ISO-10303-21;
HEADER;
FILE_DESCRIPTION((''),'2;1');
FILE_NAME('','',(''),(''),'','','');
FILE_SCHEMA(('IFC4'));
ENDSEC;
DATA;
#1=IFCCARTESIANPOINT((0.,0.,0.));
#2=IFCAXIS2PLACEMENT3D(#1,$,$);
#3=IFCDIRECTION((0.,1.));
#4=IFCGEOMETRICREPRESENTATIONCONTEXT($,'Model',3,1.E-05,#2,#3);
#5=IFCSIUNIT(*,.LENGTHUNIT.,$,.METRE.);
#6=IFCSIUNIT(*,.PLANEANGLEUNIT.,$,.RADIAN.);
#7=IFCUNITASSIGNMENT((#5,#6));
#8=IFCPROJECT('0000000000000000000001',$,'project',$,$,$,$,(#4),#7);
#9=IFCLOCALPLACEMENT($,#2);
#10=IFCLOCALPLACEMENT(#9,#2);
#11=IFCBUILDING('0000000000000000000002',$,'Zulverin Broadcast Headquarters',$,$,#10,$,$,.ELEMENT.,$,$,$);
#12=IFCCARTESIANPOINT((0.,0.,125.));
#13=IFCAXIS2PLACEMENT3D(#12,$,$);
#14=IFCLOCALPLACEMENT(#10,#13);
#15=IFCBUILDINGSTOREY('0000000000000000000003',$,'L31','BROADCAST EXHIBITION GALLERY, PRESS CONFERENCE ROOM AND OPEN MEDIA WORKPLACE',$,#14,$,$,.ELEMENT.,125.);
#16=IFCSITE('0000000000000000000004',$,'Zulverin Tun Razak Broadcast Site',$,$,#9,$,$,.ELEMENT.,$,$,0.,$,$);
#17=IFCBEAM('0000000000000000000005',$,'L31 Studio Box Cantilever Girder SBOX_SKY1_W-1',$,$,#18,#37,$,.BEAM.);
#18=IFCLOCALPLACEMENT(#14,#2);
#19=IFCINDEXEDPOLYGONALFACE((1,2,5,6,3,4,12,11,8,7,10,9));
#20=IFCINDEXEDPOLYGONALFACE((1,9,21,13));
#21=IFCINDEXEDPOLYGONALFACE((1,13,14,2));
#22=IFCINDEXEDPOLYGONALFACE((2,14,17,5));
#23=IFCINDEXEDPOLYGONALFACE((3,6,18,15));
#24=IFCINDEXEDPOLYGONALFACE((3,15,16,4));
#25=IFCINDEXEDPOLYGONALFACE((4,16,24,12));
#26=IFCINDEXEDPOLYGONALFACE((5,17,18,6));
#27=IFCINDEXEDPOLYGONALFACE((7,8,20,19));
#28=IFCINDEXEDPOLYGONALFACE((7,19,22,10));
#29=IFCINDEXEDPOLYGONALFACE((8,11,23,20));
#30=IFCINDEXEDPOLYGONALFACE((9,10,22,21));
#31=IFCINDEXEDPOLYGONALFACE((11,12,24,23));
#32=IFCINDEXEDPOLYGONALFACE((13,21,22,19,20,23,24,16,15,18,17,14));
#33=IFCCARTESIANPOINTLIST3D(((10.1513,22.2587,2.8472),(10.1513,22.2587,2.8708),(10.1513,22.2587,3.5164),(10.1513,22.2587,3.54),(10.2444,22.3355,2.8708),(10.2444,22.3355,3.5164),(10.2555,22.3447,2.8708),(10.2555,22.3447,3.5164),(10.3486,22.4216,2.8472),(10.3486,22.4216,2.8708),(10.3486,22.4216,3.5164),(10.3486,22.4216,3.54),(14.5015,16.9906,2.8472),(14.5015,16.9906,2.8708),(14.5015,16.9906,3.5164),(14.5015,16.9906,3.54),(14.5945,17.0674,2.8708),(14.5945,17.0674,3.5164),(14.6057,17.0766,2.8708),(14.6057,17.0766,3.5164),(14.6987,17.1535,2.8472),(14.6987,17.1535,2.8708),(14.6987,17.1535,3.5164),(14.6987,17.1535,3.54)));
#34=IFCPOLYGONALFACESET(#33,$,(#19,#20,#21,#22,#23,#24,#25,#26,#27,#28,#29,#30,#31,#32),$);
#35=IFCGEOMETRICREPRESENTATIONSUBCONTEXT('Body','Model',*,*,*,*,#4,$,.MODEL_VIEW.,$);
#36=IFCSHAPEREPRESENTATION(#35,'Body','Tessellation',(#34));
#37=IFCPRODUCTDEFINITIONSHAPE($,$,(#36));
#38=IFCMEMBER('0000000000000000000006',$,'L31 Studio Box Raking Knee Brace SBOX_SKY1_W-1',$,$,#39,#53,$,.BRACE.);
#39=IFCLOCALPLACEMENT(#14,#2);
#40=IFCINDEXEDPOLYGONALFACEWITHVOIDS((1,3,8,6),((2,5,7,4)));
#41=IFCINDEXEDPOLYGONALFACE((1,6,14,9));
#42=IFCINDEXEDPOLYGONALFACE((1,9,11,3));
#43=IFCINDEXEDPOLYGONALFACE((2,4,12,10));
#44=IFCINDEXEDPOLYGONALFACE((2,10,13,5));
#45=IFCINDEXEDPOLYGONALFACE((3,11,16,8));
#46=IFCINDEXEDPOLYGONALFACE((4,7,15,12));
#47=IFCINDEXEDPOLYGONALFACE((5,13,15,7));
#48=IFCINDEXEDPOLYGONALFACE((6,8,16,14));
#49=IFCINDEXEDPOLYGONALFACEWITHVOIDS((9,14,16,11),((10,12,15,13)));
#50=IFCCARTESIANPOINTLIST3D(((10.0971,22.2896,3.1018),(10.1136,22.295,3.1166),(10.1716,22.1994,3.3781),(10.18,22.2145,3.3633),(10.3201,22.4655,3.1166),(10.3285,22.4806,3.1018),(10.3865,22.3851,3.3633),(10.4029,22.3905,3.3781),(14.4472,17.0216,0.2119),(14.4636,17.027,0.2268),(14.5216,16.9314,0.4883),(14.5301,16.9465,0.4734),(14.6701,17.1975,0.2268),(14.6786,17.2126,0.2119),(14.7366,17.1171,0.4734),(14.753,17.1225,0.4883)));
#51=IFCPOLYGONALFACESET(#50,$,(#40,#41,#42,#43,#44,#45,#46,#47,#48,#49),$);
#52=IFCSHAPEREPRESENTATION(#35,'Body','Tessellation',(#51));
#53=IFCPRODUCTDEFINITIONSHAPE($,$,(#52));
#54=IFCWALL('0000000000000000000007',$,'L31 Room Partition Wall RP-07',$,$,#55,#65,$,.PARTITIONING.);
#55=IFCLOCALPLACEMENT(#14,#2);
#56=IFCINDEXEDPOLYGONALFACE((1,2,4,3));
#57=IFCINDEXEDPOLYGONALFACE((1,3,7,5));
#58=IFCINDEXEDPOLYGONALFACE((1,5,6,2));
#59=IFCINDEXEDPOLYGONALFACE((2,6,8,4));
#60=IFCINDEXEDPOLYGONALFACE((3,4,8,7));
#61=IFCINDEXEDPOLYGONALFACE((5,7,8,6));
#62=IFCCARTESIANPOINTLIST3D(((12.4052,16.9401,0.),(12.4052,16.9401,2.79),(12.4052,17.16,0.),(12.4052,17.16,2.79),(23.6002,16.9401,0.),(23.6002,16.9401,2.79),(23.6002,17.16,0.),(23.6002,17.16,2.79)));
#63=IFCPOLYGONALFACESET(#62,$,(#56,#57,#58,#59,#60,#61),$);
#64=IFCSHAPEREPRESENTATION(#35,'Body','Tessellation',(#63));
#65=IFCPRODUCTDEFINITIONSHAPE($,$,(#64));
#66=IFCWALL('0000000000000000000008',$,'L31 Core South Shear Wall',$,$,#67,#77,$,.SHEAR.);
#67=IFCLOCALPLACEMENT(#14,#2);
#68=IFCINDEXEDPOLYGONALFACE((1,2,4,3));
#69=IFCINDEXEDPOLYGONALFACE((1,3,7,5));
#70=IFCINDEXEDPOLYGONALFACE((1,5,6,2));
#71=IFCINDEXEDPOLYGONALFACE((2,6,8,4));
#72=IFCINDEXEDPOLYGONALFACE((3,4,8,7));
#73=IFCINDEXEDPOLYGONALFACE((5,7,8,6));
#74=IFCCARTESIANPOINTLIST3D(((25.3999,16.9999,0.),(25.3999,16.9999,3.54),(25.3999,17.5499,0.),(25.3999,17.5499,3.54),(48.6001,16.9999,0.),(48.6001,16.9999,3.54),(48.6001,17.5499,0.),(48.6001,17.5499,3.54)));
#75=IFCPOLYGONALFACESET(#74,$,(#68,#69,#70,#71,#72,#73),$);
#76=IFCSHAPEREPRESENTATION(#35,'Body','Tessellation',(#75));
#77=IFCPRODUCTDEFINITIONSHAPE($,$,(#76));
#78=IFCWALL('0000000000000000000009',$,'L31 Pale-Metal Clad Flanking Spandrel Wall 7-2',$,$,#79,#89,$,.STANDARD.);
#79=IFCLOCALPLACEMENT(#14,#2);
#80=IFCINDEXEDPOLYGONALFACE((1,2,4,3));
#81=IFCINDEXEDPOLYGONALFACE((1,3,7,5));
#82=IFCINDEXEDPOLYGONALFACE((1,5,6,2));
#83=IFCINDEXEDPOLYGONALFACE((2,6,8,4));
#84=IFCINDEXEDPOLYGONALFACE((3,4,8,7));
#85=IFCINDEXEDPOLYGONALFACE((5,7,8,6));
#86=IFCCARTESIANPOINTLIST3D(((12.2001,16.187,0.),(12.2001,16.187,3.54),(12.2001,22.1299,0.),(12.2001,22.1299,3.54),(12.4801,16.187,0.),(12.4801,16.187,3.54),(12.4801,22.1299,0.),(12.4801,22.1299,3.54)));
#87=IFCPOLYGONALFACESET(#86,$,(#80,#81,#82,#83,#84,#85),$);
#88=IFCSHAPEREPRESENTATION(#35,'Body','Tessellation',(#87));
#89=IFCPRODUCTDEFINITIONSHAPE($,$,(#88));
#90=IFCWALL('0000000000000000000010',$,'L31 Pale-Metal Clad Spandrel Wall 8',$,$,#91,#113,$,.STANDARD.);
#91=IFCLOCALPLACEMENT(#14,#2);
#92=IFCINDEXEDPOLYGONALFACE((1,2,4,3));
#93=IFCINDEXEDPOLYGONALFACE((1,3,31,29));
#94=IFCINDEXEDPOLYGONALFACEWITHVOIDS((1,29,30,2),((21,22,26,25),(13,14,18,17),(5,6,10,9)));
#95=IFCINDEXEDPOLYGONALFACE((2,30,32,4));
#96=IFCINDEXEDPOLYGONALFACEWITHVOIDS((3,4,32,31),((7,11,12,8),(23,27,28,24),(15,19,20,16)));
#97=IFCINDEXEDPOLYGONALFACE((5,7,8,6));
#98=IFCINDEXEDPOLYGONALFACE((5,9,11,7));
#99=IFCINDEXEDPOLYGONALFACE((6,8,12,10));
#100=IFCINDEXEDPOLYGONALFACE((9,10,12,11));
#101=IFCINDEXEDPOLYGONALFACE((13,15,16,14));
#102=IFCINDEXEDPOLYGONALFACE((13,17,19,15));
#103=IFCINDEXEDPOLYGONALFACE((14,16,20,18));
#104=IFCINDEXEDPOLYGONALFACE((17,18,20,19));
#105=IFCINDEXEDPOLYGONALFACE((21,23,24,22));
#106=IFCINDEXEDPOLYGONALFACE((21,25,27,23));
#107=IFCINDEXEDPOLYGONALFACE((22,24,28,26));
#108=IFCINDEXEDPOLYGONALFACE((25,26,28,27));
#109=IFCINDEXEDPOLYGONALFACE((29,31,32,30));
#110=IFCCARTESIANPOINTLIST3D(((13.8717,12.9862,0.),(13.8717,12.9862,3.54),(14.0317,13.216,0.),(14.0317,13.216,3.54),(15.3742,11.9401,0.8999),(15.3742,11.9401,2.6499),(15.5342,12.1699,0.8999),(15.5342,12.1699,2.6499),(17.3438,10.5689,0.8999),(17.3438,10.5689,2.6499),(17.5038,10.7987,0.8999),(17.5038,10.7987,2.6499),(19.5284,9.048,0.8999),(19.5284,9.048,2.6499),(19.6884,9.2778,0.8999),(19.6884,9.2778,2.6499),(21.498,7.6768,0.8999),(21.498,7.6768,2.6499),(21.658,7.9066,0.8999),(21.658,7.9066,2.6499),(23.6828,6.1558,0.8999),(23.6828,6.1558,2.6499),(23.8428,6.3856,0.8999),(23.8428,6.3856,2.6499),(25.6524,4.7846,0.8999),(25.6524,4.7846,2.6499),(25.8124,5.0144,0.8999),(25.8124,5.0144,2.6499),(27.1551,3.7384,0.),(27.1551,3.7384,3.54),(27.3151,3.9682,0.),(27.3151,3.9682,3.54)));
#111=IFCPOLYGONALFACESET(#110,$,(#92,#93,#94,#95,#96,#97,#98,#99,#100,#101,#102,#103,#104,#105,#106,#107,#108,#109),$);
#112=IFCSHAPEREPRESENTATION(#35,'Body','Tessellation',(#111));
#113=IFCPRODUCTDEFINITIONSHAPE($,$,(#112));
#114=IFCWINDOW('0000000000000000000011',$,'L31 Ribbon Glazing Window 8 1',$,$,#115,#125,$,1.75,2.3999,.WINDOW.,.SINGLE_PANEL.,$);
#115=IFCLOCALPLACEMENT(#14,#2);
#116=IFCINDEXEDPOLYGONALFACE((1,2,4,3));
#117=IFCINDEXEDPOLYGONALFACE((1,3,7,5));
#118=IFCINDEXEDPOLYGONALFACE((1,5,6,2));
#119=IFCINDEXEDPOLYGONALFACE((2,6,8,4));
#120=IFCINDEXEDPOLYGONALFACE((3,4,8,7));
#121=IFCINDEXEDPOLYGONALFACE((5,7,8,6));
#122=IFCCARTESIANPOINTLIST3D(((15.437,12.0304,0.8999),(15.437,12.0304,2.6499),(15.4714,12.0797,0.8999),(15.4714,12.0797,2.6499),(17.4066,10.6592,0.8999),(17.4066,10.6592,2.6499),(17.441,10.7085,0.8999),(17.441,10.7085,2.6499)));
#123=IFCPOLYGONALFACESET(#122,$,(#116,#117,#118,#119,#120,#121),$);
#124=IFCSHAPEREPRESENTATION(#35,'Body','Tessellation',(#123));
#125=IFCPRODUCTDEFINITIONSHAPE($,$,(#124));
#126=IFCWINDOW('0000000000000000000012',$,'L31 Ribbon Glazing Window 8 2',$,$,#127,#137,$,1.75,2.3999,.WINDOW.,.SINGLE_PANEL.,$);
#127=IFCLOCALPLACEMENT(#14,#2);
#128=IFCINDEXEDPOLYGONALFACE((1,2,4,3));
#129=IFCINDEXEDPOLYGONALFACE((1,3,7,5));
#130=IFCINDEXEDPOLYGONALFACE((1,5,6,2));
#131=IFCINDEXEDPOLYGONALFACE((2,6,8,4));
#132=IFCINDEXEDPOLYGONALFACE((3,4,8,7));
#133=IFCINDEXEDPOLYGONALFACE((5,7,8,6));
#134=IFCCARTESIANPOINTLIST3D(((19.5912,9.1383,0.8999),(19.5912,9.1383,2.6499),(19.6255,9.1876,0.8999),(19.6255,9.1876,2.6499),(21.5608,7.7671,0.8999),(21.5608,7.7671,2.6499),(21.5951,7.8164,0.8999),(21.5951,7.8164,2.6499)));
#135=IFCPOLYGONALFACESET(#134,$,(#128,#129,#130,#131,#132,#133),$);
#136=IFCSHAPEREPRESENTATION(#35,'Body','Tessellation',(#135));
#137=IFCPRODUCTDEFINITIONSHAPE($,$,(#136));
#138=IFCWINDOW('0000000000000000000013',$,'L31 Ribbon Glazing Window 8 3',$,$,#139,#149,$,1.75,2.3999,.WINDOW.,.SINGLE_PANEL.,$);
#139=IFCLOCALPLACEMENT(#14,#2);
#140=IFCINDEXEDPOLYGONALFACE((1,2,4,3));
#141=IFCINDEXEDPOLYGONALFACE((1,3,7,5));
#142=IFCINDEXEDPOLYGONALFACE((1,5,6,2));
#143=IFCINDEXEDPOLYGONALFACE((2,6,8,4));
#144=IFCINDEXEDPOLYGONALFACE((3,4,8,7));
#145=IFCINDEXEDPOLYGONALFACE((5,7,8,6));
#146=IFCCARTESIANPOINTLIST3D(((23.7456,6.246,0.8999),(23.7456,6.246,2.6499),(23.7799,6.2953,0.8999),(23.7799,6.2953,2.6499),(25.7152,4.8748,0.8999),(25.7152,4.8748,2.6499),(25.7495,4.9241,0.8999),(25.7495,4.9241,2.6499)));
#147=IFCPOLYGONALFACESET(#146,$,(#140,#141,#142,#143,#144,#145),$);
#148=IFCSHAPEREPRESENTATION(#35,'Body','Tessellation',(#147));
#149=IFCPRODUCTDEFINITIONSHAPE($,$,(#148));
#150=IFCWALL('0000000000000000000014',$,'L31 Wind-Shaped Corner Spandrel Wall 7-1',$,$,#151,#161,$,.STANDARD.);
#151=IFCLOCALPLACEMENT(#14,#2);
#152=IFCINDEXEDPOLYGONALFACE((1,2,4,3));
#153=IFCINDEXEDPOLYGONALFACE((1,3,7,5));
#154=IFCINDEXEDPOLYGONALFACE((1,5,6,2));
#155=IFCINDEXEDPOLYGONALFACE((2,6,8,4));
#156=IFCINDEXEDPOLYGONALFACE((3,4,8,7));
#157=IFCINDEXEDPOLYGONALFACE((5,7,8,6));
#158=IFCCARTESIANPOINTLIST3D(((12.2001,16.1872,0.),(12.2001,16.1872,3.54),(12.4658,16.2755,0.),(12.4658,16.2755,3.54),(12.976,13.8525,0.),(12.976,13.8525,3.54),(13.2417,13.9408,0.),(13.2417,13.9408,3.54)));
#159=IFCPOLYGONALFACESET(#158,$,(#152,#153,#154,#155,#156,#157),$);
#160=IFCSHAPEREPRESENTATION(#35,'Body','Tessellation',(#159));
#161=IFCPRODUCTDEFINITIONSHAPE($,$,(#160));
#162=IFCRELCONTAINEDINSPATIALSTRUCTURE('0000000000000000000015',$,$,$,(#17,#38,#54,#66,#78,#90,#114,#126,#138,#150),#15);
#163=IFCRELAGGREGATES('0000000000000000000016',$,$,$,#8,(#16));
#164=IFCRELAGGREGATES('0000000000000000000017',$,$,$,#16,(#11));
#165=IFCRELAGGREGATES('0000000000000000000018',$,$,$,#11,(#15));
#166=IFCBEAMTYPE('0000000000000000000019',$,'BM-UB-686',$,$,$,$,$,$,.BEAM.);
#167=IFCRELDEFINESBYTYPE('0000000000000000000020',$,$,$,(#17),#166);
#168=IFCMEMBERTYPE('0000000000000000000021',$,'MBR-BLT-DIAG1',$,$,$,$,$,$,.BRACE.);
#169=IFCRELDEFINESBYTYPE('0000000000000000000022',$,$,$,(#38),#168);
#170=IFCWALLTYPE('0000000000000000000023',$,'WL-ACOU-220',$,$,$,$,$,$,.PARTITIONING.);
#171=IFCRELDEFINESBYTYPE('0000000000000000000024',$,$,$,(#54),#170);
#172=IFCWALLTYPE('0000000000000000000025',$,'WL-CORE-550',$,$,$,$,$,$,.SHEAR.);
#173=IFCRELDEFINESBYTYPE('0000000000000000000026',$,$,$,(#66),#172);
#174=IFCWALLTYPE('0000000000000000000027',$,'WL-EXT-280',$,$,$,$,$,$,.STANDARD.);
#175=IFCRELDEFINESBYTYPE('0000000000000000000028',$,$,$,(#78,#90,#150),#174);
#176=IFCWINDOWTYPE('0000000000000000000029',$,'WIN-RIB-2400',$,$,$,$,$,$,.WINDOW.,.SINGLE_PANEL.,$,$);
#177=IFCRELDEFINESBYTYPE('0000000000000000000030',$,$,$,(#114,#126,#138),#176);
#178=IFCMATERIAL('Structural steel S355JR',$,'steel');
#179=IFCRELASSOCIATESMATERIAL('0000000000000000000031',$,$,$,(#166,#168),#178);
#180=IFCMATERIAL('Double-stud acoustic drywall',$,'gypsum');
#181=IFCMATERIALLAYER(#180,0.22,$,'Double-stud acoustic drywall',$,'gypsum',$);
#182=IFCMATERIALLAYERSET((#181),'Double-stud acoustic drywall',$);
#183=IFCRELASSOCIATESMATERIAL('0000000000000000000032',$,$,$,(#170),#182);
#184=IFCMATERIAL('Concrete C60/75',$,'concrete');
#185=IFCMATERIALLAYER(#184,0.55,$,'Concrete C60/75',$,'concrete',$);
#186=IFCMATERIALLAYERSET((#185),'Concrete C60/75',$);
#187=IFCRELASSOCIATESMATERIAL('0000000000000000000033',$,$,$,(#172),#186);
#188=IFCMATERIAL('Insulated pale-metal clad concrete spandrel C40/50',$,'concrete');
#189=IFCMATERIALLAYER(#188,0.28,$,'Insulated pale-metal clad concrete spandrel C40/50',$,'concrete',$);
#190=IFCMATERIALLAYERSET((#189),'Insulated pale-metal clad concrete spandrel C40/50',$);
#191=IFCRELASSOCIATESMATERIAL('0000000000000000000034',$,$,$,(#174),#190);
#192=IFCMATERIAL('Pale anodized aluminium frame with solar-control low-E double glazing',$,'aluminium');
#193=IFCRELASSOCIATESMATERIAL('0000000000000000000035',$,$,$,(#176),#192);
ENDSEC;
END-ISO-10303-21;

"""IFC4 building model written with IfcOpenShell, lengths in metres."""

from ifc_helpers import new_model, si_unit, direction, frame, frame_2d, origin, origin_2d, place, context, subcontext, project, spatial, rectangle, hollow_rectangle, i_section, extrude, material, layer, layer_set, material_profile, profile_set, type_object, element, fill, save


model = new_model("IFC4")

# Units and contexts
model_context = context("Model", 3, precision=1e-05, world=origin(), true_north=direction((0.0, 1.0)))
body_context = subcontext(model_context, "Body", "Model", "MODEL_VIEW")
ifc_project = project(units=[si_unit("LENGTHUNIT", "METRE"), si_unit("PLANEANGLEUNIT", "RADIAN")], contexts=[model_context])

# Site, building, storey
site_placement = place(None, origin())
site = spatial("IfcSite", under=ifc_project, at=site_placement, Name="Zulverin Tun Razak Broadcast Site", CompositionType="ELEMENT", RefElevation=0.0)
building_placement = place(site_placement, origin())
building = spatial("IfcBuilding", under=site, at=building_placement, Name="Zulverin Broadcast Headquarters", CompositionType="ELEMENT")
storey_placement = place(building_placement, frame((0.0, 0.0, 125.0)))
storey = spatial("IfcBuildingStorey", under=building, at=storey_placement, Name="L31", Description="BROADCAST EXHIBITION GALLERY, PRESS CONFERENCE ROOM AND OPEN MEDIA WORKPLACE", CompositionType="ELEMENT", Elevation=125.0)

# Shared definitions
ifc_material_1 = material(Name="Concrete C60/75", Category="concrete")

# Beam
ifc_material_2 = material(Name="Structural steel S355JR", Category="steel")
ifc_material_profile_1 = material_profile(ifc_material_2, i_section(OverallWidth=0.2559, OverallDepth=0.6929, WebThickness=0.0144, FlangeThickness=0.0237, at=origin_2d()), Name="Structural steel S355JR", Category="steel")
ifc_profile_set_1 = profile_set([ifc_material_profile_1], Name="Structural steel S355JR")
beam_type_1 = type_object("IfcBeamType", Name="BM-UB-686", PredefinedType="BEAM", material=ifc_profile_set_1)
beam_1_placement = place(storey_placement, frame((14.6001, 17.072, 3.1936), z_axis=(-0.636726, 0.77109, 0.0), x_axis=(-0.77109, -0.636726, 0.0)))
element("IfcBeam", 1, at=beam_1_placement, inside=storey, type_object=beam_type_1, Name="L31 Studio Box Cantilever Girder SBOX_SKY1_W-1", PredefinedType="BEAM", context=body_context, shape_type="SweptSolid", body=[
    extrude(i_section(OverallWidth=0.2559, OverallDepth=0.6929, WebThickness=0.0144, FlangeThickness=0.0237, at=origin_2d()), origin(), (0.0, 0.0, 1.0), 6.832),
])

# Member
ifc_material_profile_2 = material_profile(ifc_material_2, hollow_rectangle(XDim=0.3, YDim=0.3, WallThickness=0.0161, at=origin_2d()), Name="Structural steel S355JR", Category="steel")
ifc_profile_set_2 = profile_set([ifc_material_profile_2], Name="Structural steel S355JR")
member_type = type_object("IfcMemberType", Name="MBR-BLT-DIAG1", PredefinedType="BRACE", material=ifc_profile_set_2)
member_placement = place(storey_placement, frame((14.6001, 17.072, 0.3501), z_axis=(-0.586421, 0.710169, 0.389576), x_axis=(-0.77109, -0.636726, 0.0)))
element("IfcMember", 2, at=member_placement, inside=storey, type_object=member_type, Name="L31 Studio Box Raking Knee Brace SBOX_SKY1_W-1", PredefinedType="BRACE", context=body_context, shape_type="SweptSolid", body=[
    extrude(hollow_rectangle(XDim=0.3, YDim=0.3, WallThickness=0.0161, at=origin_2d()), origin(), (0.0, 0.0, 1.0), 7.418),
])

# Walls
ifc_material_3 = material(Name="Double-stud acoustic drywall", Category="gypsum")
ifc_layer_1 = layer(ifc_material_3, 0.22, Name="Double-stud acoustic drywall", Category="gypsum")
ifc_layer_set_1 = layer_set([ifc_layer_1], Name="Double-stud acoustic drywall")
wall_type_1 = type_object("IfcWallType", Name="WL-ACOU-220", PredefinedType="PARTITIONING", material=ifc_layer_set_1)
wall_1_placement = place(storey_placement, frame((12.405, 17.05, 0.0), z_axis=(0.0, 0.0, 1.0), x_axis=(1.0, 0.0, 0.0)))
element("IfcWall", 3, at=wall_1_placement, inside=storey, type_object=wall_type_1, Name="L31 Room Partition Wall RP-07", PredefinedType="PARTITIONING", context=body_context, shape_type="SweptSolid", body=[
    extrude(rectangle(XDim=11.1951, YDim=0.22, at=frame_2d((5.5977, 0.0))), origin(), (0.0, 0.0, 1.0), 2.79),
])
ifc_layer_2 = layer(ifc_material_1, 0.55, Name="Concrete C60/75", Category="concrete")
ifc_layer_set_2 = layer_set([ifc_layer_2], Name="Concrete C60/75")
wall_type_2 = type_object("IfcWallType", Name="WL-CORE-550", PredefinedType="SHEAR", material=ifc_layer_set_2)
wall_2_placement = place(storey_placement, frame((25.3999, 17.2749, 0.0), z_axis=(0.0, 0.0, 1.0), x_axis=(1.0, 0.0, 0.0)))
element("IfcWall", 4, at=wall_2_placement, inside=storey, type_object=wall_type_2, Name="L31 Core South Shear Wall", PredefinedType="SHEAR", context=body_context, shape_type="SweptSolid", body=[
    extrude(rectangle(XDim=23.2002, YDim=0.55, at=frame_2d((11.6001, 0.0))), origin(), (0.0, 0.0, 1.0), 3.54),
])

# Wall
ifc_material_4 = material(Name="Insulated pale-metal clad concrete spandrel C40/50", Category="concrete")
ifc_layer_3 = layer(ifc_material_4, 0.28, Name="Insulated pale-metal clad concrete spandrel C40/50", Category="concrete")
ifc_layer_set_3 = layer_set([ifc_layer_3], Name="Insulated pale-metal clad concrete spandrel C40/50")
wall_type_3 = type_object("IfcWallType", Name="WL-EXT-280", PredefinedType="STANDARD", material=ifc_layer_set_3)
wall_3_placement = place(storey_placement, frame((12.3401, 22.1299, 0.0), z_axis=(0.0, 0.0, 1.0), x_axis=(0.0, -1.0, 0.0)))
element("IfcWall", 5, at=wall_3_placement, inside=storey, type_object=wall_type_3, Name="L31 Pale-Metal Clad Flanking Spandrel Wall 7-2", PredefinedType="STANDARD", context=body_context, shape_type="SweptSolid", body=[
    extrude(rectangle(XDim=5.9429, YDim=0.28, at=frame_2d((2.9714, 0.0))), origin(), (0.0, 0.0, 1.0), 3.54),
])

# Wall, openings, windows
wall_4_placement = place(storey_placement, frame((13.9517, 13.1011, 0.0), z_axis=(0.0, 0.0, 1.0), x_axis=(0.820698, -0.571362, 0.0)))
wall_4 = element("IfcWall", 6, at=wall_4_placement, inside=storey, type_object=wall_type_3, Name="L31 Pale-Metal Clad Spandrel Wall 8", PredefinedType="STANDARD", context=body_context, shape_type="SweptSolid", body=[
    extrude(rectangle(XDim=16.1855, YDim=0.28, at=frame_2d((8.0928, 0.0))), origin(), (0.0, 0.0, 1.0), 3.54),
])
opening_1_placement = place(wall_4_placement, frame((1.8308, 0.0, 0.8999)))
opening_1 = element("IfcOpeningElement", 7, at=opening_1_placement, cuts=wall_4, PredefinedType="OPENING", context=body_context, shape_type="SweptSolid", body=[
    extrude(rectangle(XDim=2.3999, YDim=1.75, at=frame_2d((1.2, 0.875))), frame((0.0, 0.1499, 0.0), z_axis=(0.0, -1.0, 0.0), x_axis=(1.0, 0.0, 0.0)), (0.0, 0.0, 1.0), 0.3),
])
opening_2_placement = place(wall_4_placement, frame((6.8926, 0.0, 0.8999)))
opening_2 = element("IfcOpeningElement", 8, at=opening_2_placement, cuts=wall_4, PredefinedType="OPENING", context=body_context, shape_type="SweptSolid", body=[
    extrude(rectangle(XDim=2.3999, YDim=1.75, at=frame_2d((1.2, 0.875))), frame((0.0, 0.1499, 0.0), z_axis=(0.0, -1.0, 0.0), x_axis=(1.0, 0.0, 0.0)), (0.0, 0.0, 1.0), 0.3),
])
opening_3_placement = place(wall_4_placement, frame((11.9546, 0.0, 0.8999)))
opening_3 = element("IfcOpeningElement", 9, at=opening_3_placement, cuts=wall_4, PredefinedType="OPENING", context=body_context, shape_type="SweptSolid", body=[
    extrude(rectangle(XDim=2.3999, YDim=1.75, at=frame_2d((1.2, 0.875))), frame((0.0, 0.1499, 0.0), z_axis=(0.0, -1.0, 0.0), x_axis=(1.0, 0.0, 0.0)), (0.0, 0.0, 1.0), 0.3),
])
ifc_material_5 = material(Name="Pale anodized aluminium frame with solar-control low-E double glazing", Category="aluminium")
window_type = type_object("IfcWindowType", Name="WIN-RIB-2400", PartitioningType="SINGLE_PANEL", PredefinedType="WINDOW", material=ifc_material_5)
window_1_placement = place(opening_1_placement, origin())
window_1 = element("IfcWindow", 10, at=window_1_placement, inside=storey, type_object=window_type, Name="L31 Ribbon Glazing Window 8 1", OverallHeight=1.75, OverallWidth=2.3999, PartitioningType="SINGLE_PANEL", PredefinedType="WINDOW", context=body_context, shape_type="SweptSolid", body=[
    extrude(rectangle(XDim=2.3999, YDim=1.75, at=frame_2d((1.2, 0.875))), frame((0.0, 0.03, 0.0), z_axis=(0.0, -1.0, 0.0), x_axis=(1.0, 0.0, 0.0)), (0.0, 0.0, 1.0), 0.0601),
])
fill(opening_1, window_1)
window_2_placement = place(opening_2_placement, origin())
window_2 = element("IfcWindow", 11, at=window_2_placement, inside=storey, type_object=window_type, Name="L31 Ribbon Glazing Window 8 2", OverallHeight=1.75, OverallWidth=2.3999, PartitioningType="SINGLE_PANEL", PredefinedType="WINDOW", context=body_context, shape_type="SweptSolid", body=[
    extrude(rectangle(XDim=2.3999, YDim=1.75, at=frame_2d((1.2, 0.875))), frame((0.0, 0.03, 0.0), z_axis=(0.0, -1.0, 0.0), x_axis=(1.0, 0.0, 0.0)), (0.0, 0.0, 1.0), 0.0601),
])
fill(opening_2, window_2)
window_3_placement = place(opening_3_placement, origin())
window_3 = element("IfcWindow", 12, at=window_3_placement, inside=storey, type_object=window_type, Name="L31 Ribbon Glazing Window 8 3", OverallHeight=1.75, OverallWidth=2.3999, PartitioningType="SINGLE_PANEL", PredefinedType="WINDOW", context=body_context, shape_type="SweptSolid", body=[
    extrude(rectangle(XDim=2.3999, YDim=1.75, at=frame_2d((1.2, 0.875))), frame((0.0, 0.03, 0.0), z_axis=(0.0, -1.0, 0.0), x_axis=(1.0, 0.0, 0.0)), (0.0, 0.0, 1.0), 0.0601),
])
fill(opening_3, window_3)

# Wall
wall_5_placement = place(storey_placement, frame((12.333, 16.2312, 0.0), z_axis=(0.0, 0.0, 1.0), x_axis=(0.315364, -0.948971, 0.0)))
element("IfcWall", 13, at=wall_5_placement, inside=storey, type_object=wall_type_3, Name="L31 Wind-Shaped Corner Spandrel Wall 7-1", PredefinedType="STANDARD", context=body_context, shape_type="SweptSolid", body=[
    extrude(rectangle(XDim=2.4602, YDim=0.28, at=frame_2d((1.23, 0.0))), origin(), (0.0, 0.0, 1.0), 3.54),
])

save(model, "model.ifc")
